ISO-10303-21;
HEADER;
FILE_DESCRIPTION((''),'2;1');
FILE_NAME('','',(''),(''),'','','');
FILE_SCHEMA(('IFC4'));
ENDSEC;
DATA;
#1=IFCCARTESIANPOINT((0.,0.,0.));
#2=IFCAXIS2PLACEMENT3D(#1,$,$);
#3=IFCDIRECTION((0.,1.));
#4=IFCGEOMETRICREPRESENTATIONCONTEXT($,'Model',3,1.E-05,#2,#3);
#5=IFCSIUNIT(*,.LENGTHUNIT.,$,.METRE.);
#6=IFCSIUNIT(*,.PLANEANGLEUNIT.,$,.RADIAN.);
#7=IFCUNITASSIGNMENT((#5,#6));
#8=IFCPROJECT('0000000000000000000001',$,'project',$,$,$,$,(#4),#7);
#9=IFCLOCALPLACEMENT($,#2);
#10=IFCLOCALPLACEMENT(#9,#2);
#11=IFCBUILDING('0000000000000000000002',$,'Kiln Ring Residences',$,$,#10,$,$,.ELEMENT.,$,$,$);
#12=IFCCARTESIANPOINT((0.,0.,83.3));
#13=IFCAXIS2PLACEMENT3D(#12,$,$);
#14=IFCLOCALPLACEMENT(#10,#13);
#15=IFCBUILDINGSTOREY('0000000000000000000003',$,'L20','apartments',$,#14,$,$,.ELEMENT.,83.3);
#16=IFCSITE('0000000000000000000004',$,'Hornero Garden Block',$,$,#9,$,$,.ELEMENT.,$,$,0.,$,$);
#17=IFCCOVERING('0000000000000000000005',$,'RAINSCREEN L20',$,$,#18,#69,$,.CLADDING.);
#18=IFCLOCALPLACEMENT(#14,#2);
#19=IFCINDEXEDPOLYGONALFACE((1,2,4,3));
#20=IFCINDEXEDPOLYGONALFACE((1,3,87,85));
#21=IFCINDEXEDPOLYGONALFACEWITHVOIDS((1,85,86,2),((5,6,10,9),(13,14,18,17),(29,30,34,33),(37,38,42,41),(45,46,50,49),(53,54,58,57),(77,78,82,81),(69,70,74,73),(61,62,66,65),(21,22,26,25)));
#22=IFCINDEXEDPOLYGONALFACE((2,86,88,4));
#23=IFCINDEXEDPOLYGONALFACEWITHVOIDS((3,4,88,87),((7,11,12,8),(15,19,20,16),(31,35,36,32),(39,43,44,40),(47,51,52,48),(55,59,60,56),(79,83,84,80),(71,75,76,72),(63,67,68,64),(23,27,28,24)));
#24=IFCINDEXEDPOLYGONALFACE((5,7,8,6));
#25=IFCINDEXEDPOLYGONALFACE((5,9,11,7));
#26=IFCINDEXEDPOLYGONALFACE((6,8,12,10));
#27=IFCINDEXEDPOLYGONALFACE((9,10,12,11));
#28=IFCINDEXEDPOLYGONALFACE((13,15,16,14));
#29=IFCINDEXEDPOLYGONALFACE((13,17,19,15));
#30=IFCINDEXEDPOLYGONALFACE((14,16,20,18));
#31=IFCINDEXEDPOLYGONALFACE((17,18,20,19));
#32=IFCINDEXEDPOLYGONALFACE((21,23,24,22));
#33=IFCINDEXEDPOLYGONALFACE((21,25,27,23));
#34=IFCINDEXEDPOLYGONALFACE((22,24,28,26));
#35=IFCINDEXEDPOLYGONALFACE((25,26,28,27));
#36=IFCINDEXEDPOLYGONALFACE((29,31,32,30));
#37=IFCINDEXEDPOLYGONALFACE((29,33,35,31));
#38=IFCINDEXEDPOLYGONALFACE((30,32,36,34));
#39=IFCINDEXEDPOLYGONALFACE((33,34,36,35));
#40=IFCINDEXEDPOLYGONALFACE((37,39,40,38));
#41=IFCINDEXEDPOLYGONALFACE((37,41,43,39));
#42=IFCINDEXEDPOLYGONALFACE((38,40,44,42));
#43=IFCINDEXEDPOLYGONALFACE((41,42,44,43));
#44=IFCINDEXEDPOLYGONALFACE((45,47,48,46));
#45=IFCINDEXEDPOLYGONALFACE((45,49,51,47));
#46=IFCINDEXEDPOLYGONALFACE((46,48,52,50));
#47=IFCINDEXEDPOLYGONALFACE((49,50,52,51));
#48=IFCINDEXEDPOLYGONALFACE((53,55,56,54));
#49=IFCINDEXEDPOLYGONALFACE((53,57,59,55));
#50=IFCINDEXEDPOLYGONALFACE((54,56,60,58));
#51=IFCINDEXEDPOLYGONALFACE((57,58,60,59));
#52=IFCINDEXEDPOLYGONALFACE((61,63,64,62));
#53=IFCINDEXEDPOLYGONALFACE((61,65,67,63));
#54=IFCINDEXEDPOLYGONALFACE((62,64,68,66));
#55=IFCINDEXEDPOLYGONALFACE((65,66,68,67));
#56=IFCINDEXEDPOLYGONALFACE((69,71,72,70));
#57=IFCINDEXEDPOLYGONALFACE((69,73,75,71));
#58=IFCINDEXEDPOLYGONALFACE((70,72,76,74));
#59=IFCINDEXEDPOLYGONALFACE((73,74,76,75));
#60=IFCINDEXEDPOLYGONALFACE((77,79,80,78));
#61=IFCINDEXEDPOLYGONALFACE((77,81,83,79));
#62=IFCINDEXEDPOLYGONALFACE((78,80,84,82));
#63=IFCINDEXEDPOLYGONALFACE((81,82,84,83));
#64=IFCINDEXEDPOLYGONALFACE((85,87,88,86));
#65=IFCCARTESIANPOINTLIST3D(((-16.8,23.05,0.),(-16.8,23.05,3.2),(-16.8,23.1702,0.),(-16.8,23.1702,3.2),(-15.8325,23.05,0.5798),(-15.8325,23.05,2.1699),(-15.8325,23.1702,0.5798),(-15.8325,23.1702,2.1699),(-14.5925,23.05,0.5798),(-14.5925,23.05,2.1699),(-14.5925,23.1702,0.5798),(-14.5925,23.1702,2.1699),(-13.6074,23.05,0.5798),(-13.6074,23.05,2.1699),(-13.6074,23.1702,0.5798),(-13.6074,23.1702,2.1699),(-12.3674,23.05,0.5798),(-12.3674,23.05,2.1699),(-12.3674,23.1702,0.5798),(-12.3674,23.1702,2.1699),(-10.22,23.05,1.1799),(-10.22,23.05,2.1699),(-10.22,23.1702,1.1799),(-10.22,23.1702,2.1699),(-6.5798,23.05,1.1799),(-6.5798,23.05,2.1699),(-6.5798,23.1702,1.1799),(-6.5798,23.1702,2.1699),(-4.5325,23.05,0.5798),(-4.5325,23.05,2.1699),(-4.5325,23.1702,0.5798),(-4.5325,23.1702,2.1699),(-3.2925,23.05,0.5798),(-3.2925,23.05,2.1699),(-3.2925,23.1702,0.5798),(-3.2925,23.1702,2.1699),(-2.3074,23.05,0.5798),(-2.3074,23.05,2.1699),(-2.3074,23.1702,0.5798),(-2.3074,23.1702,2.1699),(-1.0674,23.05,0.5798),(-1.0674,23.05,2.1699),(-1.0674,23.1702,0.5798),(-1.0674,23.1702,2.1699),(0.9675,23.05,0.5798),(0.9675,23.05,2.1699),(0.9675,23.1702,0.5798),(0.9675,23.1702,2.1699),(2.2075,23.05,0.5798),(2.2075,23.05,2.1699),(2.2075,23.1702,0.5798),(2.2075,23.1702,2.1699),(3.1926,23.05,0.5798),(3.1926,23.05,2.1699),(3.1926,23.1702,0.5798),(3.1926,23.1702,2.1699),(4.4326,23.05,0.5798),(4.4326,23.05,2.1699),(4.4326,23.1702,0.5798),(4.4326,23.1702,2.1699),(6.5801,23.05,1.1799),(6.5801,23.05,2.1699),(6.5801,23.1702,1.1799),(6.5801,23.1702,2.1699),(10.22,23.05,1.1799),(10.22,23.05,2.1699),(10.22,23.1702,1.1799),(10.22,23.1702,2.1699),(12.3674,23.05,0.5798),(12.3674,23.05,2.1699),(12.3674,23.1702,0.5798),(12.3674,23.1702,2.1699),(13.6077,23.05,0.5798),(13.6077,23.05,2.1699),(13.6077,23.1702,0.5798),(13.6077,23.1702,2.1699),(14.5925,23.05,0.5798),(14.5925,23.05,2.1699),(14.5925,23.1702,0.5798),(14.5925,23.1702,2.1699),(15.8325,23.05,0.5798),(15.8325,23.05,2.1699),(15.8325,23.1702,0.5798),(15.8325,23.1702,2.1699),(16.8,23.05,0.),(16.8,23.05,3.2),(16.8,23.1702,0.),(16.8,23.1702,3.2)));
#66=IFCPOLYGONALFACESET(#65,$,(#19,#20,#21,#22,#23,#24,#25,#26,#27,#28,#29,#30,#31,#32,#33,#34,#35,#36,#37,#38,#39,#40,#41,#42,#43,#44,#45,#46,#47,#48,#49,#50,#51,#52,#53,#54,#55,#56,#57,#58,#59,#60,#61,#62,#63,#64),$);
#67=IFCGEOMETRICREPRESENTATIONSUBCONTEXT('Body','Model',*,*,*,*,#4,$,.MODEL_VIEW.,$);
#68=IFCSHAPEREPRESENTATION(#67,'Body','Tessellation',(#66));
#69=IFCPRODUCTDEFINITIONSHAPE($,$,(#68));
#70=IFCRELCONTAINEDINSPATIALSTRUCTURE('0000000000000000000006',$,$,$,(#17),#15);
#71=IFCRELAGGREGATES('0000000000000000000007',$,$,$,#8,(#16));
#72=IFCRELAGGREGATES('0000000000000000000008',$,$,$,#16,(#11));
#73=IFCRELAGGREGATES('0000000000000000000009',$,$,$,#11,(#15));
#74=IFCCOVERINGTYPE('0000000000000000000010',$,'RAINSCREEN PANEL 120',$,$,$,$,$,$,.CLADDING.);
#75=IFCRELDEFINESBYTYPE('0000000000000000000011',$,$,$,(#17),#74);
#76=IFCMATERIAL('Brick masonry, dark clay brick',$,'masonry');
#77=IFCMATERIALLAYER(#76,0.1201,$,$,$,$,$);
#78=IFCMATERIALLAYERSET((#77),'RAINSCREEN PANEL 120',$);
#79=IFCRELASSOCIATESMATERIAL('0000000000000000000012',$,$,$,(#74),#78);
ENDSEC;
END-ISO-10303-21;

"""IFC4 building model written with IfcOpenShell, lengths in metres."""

from ifc_helpers import new_model, si_unit, direction, frame, origin, place, context, subcontext, project, spatial, polyline, outline, extrude, material, layer, layer_set, type_object, element, save


model = new_model("IFC4")

# Units and contexts
model_context = context("Model", 3, precision=1e-05, world=origin(), true_north=direction((0.0, 1.0)))
body_context = subcontext(model_context, "Body", "Model", "MODEL_VIEW")
ifc_project = project(units=[si_unit("LENGTHUNIT", "METRE"), si_unit("PLANEANGLEUNIT", "RADIAN")], contexts=[model_context])

# Site, building, storey
site_placement = place(None, origin())
site = spatial("IfcSite", under=ifc_project, at=site_placement, Name="Hornero Garden Block", CompositionType="ELEMENT", RefElevation=0.0)
building_placement = place(site_placement, origin())
building = spatial("IfcBuilding", under=site, at=building_placement, Name="Kiln Ring Residences", CompositionType="ELEMENT")
storey_placement = place(building_placement, frame((0.0, 0.0, 83.3)))
storey = spatial("IfcBuildingStorey", under=building, at=storey_placement, Name="L20", Description="apartments", CompositionType="ELEMENT", Elevation=83.3)

# Covering
ifc_material_1 = material(Name="Brick masonry, dark clay brick", Category="masonry")
ifc_layer_1 = layer(ifc_material_1, 0.1201)
ifc_layer_set_1 = layer_set([ifc_layer_1], Name="RAINSCREEN PANEL 120")
covering_type = type_object("IfcCoveringType", Name="RAINSCREEN PANEL 120", PredefinedType="CLADDING", material=ifc_layer_set_1)
covering_placement = place(storey_placement, frame((16.8, 23.1101, 0.0), z_axis=(0.0, 0.0, 1.0), x_axis=(-1.0, 0.0, 0.0)))
element("IfcCovering", 1, at=covering_placement, inside=storey, type_object=covering_type, Name="RAINSCREEN L20", PredefinedType="CLADDING", context=body_context, shape_type="SweptSolid", body=[
    extrude(outline(polyline([(0.0, 0.0), (33.6001, 0.0), (33.6001, 3.2), (0.0, 3.2), (0.0, 0.0)]), holes=[polyline([(0.9675, 0.5798), (2.2075, 0.5798), (2.2075, 2.1699), (0.9675, 2.1699), (0.9675, 0.5798)]), polyline([(3.1924, 0.5798), (4.4326, 0.5798), (4.4326, 2.1699), (3.1924, 2.1699), (3.1924, 0.5798)]), polyline([(12.3674, 0.5798), (13.6074, 0.5798), (13.6074, 2.1699), (12.3674, 2.1699), (12.3674, 0.5798)]), polyline([(14.5925, 2.1699), (14.5925, 0.5798), (15.8325, 0.5798), (15.8325, 2.1699), (14.5925, 2.1699)]), polyline([(17.8674, 2.1699), (17.8674, 0.5798), (19.1074, 0.5798), (19.1074, 2.1699), (17.8674, 2.1699)]), polyline([(20.0925, 0.5798), (21.3325, 0.5798), (21.3325, 2.1699), (20.0925, 2.1699), (20.0925, 0.5798)]), polyline([(29.1675, 0.5798), (30.4075, 0.5798), (30.4075, 2.1699), (29.1675, 2.1699), (29.1675, 0.5798)]), polyline([(31.3926, 0.5798), (32.6326, 0.5798), (32.6326, 2.1699), (31.3926, 2.1699), (31.3926, 0.5798)]), polyline([(6.5801, 2.1699), (6.5801, 1.1799), (10.22, 1.1799), (10.22, 2.1699), (6.5801, 2.1699)]), polyline([(23.3799, 2.1699), (23.3799, 1.1799), (27.02, 1.1799), (27.02, 2.1699), (23.3799, 2.1699)])]), frame((0.0, 0.0601, 0.0), z_axis=(0.0, -1.0, 0.0), x_axis=(1.0, 0.0, 0.0)), (0.0, 0.0, 1.0), 0.1201),
])

save(model, "model.ifc")
